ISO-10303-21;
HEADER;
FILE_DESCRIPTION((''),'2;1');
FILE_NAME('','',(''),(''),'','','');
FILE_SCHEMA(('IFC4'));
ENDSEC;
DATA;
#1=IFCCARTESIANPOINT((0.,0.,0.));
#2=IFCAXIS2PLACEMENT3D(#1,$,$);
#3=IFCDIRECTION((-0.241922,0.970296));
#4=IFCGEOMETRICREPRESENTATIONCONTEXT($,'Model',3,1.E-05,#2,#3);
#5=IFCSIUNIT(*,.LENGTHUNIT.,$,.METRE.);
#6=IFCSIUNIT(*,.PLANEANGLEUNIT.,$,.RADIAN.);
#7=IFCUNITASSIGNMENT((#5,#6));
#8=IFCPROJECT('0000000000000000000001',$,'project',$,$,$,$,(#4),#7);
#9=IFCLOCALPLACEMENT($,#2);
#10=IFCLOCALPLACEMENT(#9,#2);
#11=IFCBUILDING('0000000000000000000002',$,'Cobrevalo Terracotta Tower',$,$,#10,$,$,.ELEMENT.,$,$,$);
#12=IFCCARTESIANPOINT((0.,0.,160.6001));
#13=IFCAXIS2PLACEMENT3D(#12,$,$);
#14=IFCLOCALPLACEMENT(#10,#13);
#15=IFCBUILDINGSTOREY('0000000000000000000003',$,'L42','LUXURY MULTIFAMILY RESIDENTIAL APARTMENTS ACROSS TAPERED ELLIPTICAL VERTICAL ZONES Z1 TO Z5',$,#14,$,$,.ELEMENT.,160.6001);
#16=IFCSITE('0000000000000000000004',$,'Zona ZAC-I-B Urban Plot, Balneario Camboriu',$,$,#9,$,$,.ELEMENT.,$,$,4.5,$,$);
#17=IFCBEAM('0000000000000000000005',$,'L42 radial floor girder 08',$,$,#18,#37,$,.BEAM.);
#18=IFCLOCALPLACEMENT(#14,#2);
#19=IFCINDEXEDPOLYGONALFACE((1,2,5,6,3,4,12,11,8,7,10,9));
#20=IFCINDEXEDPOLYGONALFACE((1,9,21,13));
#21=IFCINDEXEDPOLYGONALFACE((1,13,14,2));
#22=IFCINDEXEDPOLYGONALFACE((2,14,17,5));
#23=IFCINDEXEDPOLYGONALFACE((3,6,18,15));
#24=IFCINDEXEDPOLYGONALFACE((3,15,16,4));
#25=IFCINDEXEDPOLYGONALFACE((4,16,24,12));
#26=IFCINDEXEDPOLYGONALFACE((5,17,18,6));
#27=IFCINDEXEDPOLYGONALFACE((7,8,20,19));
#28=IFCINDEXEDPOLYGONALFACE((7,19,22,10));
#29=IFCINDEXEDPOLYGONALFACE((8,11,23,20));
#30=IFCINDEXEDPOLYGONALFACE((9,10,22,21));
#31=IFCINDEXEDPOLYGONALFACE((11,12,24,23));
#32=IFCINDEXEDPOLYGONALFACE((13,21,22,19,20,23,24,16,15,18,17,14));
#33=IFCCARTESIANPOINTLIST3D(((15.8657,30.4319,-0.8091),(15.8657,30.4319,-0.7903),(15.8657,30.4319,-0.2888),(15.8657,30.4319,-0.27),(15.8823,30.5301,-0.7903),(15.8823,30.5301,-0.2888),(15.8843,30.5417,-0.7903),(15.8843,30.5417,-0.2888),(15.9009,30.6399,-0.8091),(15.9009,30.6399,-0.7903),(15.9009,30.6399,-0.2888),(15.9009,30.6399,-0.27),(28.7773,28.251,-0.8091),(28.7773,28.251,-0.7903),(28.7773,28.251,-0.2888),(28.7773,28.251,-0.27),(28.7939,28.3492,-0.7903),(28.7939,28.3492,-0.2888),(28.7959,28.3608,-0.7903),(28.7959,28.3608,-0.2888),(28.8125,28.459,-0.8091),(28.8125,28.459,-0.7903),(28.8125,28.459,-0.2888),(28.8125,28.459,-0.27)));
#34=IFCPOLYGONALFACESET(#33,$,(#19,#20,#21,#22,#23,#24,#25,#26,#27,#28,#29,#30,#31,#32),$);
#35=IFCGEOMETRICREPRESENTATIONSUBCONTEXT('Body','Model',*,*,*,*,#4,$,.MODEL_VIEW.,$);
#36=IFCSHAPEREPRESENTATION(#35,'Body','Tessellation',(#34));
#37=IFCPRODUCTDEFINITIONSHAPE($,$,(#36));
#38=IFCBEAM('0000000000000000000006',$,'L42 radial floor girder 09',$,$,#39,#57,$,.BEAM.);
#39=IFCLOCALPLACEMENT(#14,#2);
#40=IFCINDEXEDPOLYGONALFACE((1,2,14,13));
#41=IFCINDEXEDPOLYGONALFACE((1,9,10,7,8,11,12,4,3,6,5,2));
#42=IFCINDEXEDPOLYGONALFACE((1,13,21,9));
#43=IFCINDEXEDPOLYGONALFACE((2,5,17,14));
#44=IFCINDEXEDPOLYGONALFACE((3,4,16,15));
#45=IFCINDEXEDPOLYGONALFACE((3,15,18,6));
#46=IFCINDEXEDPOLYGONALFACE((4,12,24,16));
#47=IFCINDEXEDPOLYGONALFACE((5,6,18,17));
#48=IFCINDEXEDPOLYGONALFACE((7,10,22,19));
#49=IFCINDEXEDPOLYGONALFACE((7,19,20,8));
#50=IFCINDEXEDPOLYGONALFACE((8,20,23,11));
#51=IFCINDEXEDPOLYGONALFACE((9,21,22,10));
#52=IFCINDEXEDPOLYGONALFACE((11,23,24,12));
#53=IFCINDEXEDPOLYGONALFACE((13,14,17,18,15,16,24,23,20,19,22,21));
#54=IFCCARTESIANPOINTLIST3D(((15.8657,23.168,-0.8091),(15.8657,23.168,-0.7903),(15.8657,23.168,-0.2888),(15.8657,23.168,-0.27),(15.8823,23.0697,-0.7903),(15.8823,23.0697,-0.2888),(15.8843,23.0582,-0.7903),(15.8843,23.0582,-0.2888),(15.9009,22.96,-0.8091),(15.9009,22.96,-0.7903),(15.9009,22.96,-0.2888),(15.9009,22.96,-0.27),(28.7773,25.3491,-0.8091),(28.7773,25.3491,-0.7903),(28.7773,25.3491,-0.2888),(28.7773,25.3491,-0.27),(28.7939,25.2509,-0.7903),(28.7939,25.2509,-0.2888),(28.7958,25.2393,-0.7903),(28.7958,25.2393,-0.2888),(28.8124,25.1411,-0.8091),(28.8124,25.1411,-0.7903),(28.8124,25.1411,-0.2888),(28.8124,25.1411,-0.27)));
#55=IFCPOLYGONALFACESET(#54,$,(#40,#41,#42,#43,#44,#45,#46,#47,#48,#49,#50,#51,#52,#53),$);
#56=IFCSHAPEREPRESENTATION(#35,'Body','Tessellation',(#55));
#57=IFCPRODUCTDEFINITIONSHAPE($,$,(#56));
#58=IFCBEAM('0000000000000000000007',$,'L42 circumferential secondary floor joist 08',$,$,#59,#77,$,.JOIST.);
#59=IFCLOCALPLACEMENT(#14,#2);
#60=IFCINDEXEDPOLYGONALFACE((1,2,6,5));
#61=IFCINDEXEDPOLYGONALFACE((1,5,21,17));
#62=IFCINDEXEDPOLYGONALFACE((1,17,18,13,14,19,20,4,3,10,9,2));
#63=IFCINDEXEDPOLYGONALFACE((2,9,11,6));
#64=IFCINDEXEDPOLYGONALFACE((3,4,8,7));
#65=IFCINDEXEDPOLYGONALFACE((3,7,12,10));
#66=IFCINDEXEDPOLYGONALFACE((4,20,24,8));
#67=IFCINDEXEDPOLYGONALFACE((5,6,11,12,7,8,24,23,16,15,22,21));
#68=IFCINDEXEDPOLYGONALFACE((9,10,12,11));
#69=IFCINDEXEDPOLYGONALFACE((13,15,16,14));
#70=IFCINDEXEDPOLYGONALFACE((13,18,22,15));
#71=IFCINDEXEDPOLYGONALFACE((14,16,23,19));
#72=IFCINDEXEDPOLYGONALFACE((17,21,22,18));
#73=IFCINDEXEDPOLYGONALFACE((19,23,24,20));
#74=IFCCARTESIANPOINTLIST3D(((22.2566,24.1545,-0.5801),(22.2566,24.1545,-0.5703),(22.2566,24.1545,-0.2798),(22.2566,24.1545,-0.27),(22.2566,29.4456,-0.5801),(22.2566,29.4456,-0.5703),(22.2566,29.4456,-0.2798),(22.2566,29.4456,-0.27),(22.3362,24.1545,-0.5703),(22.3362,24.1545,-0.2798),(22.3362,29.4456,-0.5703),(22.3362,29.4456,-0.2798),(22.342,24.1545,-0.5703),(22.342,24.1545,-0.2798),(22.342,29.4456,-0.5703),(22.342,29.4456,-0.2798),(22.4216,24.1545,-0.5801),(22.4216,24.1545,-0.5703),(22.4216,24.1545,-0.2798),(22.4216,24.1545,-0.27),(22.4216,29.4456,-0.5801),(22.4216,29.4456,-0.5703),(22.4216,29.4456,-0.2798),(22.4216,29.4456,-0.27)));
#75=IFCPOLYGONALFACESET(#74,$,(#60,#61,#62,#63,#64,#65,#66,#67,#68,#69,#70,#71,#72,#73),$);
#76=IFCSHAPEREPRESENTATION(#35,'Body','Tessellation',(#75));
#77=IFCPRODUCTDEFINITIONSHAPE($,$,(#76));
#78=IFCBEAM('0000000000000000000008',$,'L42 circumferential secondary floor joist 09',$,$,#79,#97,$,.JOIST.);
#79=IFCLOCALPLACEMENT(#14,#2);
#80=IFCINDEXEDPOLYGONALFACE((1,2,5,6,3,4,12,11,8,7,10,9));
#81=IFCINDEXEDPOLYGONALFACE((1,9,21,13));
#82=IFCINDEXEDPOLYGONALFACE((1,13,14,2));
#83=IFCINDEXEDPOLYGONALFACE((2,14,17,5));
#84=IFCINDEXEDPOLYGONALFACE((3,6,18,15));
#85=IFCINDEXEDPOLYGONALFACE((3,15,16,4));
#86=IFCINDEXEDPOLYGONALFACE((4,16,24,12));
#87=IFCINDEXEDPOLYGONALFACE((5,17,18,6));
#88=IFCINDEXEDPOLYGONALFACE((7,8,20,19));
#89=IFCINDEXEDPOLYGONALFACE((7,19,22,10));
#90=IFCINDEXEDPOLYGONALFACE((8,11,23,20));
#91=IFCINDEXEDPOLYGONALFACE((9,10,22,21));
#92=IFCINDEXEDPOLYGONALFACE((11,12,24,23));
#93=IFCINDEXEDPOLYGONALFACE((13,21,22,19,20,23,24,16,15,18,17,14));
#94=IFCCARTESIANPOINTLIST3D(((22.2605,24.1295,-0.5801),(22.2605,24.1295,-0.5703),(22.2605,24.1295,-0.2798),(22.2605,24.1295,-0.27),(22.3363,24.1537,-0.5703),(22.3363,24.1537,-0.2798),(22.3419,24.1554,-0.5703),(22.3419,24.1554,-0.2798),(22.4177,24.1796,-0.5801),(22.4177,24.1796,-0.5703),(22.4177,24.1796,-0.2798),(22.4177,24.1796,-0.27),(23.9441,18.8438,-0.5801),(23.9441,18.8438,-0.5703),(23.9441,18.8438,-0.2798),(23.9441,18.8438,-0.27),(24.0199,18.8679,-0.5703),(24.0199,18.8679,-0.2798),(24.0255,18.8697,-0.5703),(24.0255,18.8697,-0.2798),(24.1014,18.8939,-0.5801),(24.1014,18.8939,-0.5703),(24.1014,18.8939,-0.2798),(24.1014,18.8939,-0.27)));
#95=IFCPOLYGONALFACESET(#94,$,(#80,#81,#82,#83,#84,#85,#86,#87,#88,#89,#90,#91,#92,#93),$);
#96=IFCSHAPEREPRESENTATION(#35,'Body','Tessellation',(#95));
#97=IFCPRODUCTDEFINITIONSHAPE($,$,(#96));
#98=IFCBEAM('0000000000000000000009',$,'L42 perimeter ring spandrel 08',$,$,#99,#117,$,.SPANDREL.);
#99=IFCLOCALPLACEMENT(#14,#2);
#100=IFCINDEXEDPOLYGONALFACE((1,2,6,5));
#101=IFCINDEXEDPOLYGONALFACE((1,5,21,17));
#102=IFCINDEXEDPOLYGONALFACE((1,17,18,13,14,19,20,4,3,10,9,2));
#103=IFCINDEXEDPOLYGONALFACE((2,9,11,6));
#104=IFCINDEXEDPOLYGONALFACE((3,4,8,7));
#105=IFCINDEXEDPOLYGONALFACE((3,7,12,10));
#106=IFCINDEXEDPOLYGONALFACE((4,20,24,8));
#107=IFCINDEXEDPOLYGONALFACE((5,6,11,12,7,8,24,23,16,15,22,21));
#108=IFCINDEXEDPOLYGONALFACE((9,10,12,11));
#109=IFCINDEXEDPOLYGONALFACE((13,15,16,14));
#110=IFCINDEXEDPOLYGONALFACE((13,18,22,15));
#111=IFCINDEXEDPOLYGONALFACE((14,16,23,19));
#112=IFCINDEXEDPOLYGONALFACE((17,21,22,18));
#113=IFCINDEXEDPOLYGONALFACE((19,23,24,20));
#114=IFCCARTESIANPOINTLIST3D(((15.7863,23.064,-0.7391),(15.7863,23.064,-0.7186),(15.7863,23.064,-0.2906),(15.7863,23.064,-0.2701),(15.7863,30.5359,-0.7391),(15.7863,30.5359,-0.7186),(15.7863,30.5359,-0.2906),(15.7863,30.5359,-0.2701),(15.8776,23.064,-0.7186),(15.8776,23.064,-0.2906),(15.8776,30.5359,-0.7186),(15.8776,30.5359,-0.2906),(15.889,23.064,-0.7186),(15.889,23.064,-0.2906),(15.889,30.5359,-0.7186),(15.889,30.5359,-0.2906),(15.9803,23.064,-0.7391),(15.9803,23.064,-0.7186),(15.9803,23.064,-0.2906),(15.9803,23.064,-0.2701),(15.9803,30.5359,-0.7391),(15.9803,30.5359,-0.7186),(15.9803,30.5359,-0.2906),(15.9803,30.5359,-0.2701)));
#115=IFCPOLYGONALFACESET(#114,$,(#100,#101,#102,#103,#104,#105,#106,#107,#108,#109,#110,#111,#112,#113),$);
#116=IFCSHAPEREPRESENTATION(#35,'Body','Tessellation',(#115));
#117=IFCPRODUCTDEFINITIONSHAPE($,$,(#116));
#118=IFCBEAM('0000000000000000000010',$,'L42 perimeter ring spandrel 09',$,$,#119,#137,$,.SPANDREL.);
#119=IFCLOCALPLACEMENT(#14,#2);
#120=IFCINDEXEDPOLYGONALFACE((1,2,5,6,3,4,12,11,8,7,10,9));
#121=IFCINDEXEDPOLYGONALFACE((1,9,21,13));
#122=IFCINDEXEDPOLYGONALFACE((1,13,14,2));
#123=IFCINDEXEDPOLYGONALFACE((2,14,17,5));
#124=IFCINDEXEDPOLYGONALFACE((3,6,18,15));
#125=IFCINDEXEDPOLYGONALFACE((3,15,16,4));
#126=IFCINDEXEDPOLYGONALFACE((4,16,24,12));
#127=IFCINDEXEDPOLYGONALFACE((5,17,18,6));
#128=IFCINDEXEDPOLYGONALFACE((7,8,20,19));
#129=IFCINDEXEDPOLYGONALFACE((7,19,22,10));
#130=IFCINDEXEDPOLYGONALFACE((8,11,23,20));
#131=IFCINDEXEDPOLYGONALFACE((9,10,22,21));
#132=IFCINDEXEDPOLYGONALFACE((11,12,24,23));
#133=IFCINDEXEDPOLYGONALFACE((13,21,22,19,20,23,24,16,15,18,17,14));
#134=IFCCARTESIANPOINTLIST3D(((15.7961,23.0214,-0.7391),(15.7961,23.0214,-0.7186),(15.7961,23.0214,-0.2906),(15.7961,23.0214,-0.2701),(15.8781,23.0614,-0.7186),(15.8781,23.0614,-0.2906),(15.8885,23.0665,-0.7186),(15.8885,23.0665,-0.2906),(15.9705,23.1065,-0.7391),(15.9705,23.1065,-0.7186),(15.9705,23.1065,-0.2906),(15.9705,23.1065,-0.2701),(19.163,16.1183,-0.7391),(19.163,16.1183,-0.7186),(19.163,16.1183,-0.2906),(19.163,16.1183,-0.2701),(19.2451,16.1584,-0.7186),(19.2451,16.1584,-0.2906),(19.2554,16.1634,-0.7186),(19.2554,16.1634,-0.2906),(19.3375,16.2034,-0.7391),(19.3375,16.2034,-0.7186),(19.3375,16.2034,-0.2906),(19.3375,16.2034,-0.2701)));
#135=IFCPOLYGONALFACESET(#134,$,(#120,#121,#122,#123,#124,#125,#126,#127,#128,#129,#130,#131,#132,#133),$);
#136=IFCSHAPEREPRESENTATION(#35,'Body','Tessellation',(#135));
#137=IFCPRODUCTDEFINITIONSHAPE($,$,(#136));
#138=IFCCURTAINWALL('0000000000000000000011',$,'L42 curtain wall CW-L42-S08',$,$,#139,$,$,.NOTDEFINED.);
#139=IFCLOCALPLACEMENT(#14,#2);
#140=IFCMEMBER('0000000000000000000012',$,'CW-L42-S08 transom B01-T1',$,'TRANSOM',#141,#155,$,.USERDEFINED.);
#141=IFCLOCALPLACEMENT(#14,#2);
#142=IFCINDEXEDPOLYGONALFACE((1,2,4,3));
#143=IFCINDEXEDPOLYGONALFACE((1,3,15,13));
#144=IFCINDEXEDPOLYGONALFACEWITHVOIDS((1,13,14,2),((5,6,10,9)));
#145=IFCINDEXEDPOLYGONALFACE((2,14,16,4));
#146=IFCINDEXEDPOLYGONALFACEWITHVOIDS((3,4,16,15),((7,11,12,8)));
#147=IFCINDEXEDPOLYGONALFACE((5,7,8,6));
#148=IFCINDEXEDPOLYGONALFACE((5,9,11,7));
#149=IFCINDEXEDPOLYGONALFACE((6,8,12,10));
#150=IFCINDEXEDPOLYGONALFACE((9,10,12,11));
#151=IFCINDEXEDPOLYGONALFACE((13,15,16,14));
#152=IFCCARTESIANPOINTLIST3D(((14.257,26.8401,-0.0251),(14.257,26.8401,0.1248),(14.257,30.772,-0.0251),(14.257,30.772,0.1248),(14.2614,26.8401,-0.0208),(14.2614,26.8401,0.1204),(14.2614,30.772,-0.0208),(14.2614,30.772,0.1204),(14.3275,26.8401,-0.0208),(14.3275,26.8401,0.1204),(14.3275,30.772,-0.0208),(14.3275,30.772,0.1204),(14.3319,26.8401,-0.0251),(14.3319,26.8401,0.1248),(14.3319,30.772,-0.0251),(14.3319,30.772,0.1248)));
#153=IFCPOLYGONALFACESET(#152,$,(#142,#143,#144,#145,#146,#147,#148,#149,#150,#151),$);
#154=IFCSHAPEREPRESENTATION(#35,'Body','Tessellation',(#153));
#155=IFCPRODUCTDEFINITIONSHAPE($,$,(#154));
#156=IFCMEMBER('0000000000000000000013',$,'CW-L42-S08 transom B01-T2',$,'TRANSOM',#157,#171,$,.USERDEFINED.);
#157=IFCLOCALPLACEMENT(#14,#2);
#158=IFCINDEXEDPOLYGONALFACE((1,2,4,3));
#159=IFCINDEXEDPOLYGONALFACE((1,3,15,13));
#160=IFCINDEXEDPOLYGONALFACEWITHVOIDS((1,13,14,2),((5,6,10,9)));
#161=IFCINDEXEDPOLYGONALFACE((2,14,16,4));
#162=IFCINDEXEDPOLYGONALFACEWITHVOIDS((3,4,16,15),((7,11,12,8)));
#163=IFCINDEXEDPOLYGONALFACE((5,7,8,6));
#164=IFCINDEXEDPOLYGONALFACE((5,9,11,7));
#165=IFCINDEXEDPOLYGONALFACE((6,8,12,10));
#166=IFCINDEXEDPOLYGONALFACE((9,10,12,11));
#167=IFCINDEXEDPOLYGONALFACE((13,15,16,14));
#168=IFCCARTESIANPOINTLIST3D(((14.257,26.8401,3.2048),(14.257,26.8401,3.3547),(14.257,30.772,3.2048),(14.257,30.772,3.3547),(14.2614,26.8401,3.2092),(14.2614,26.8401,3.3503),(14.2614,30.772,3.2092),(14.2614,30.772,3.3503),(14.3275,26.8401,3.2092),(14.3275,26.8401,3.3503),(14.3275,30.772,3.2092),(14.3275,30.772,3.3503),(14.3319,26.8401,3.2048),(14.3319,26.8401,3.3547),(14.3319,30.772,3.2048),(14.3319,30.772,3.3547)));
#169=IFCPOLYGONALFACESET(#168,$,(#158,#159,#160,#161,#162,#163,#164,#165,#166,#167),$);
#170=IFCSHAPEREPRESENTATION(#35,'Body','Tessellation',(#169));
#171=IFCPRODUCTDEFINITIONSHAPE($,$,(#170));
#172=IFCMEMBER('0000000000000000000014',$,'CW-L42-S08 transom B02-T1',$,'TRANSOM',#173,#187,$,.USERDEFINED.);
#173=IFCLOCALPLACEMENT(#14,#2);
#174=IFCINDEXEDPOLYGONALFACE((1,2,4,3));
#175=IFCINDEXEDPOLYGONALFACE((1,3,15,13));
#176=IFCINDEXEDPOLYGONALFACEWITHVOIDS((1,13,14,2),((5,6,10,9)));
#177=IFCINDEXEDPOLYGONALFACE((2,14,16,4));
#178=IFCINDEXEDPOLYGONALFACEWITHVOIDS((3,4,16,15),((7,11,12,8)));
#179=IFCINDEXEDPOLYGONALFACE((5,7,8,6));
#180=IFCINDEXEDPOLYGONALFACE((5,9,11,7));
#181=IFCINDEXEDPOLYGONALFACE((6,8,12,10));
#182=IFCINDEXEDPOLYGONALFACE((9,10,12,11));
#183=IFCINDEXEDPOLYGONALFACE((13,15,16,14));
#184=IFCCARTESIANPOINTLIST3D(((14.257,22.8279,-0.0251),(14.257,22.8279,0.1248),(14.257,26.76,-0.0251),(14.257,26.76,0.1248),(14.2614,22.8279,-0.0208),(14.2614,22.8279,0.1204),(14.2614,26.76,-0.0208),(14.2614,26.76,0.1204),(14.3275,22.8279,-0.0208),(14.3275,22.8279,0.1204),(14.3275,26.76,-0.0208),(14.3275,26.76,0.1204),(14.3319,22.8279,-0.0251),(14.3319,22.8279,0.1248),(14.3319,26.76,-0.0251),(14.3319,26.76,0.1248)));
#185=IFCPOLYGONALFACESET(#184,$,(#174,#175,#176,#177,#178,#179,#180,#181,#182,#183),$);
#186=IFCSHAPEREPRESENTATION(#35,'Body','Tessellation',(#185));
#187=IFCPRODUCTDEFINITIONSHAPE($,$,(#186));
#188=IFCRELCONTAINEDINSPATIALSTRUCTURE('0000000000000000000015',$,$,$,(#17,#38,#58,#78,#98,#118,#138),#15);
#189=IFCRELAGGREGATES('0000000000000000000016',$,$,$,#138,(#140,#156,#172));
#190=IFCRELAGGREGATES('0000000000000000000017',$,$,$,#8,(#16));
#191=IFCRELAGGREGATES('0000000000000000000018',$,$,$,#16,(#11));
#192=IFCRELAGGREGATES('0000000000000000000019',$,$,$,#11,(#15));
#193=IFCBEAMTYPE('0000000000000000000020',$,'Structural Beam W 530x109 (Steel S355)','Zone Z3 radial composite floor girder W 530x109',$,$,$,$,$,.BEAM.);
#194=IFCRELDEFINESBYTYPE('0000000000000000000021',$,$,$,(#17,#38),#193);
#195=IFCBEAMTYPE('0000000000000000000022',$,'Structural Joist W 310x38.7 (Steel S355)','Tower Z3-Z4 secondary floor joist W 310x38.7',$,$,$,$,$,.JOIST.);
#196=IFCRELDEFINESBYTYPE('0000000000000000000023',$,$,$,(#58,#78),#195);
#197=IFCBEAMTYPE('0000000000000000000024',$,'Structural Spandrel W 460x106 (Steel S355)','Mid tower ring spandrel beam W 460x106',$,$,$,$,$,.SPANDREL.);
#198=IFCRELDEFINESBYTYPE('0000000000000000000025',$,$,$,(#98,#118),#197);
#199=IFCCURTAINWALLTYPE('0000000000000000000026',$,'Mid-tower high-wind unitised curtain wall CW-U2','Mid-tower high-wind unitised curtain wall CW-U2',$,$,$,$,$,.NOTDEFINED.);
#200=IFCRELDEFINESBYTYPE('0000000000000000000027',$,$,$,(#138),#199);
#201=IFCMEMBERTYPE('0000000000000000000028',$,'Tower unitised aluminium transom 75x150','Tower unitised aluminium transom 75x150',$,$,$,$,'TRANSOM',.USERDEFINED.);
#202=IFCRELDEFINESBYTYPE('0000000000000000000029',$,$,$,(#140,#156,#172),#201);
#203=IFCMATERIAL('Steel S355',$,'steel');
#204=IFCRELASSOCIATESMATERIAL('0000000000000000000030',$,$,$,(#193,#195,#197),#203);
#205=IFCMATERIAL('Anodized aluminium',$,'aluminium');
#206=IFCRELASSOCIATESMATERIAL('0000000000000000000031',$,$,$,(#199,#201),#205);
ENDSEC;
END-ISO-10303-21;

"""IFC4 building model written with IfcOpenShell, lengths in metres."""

from ifc_helpers import new_model, si_unit, direction, frame, origin, origin_2d, place, context, subcontext, project, spatial, hollow_rectangle, i_section, extrude, source, transform, mapped, material, material_profile, profile_set, type_object, element, aggregate, save


model = new_model("IFC4")

# Units and contexts
model_context = context("Model", 3, precision=1e-05, world=origin(), true_north=direction((-0.241922, 0.970296)))
body_context = subcontext(model_context, "Body", "Model", "MODEL_VIEW")
ifc_project = project(units=[si_unit("LENGTHUNIT", "METRE"), si_unit("PLANEANGLEUNIT", "RADIAN")], contexts=[model_context])

# Site, building, storey
site_placement = place(None, origin())
site = spatial("IfcSite", under=ifc_project, at=site_placement, Name="Zona ZAC-I-B Urban Plot, Balneario Camboriu", CompositionType="ELEMENT", RefElevation=4.5)
building_placement = place(site_placement, origin())
building = spatial("IfcBuilding", under=site, at=building_placement, Name="Cobrevalo Terracotta Tower", CompositionType="ELEMENT")
storey_placement = place(building_placement, frame((0.0, 0.0, 160.6001)))
storey = spatial("IfcBuildingStorey", under=building, at=storey_placement, Name="L42", Description="LUXURY MULTIFAMILY RESIDENTIAL APARTMENTS ACROSS TAPERED ELLIPTICAL VERTICAL ZONES Z1 TO Z5", CompositionType="ELEMENT", Elevation=160.6001)

# Shared definitions
ifc_material_1 = material(Name="Steel S355", Category="steel")

# Beams
ifc_material_profile_1 = material_profile(ifc_material_1, i_section(OverallWidth=0.2109, OverallDepth=0.5391, WebThickness=0.0117, FlangeThickness=0.0188, at=origin_2d()), Name="W 530x109")
ifc_profile_set_1 = profile_set([ifc_material_profile_1], Name="Steel S355")
beam_type_1 = type_object("IfcBeamType", Name="Structural Beam W 530x109 (Steel S355)", Description="Zone Z3 radial composite floor girder W 530x109", PredefinedType="BEAM", material=ifc_profile_set_1)
for number, where, z_axis, x_axis, name in (
    (1, (15.8833, 30.5359, -0.5396), (0.986033, -0.166551, 0.0), (0.166551, 0.986033, 0.0), "L42 radial floor girder 08"),
    (2, (15.8833, 23.064, -0.5396), (0.98603, 0.166569, 0.0), (-0.166569, 0.98603, 0.0), "L42 radial floor girder 09"),
):
    element("IfcBeam", number, at=place(storey_placement, frame(where, z_axis=z_axis, x_axis=x_axis)), inside=storey, type_object=beam_type_1, Name=name, PredefinedType="BEAM", context=body_context, shape_type="SweptSolid", body=[
        extrude(i_section(OverallWidth=0.2109, OverallDepth=0.5391, WebThickness=0.0117, FlangeThickness=0.0188, at=origin_2d()), origin(), (0.0, 0.0, 1.0), 13.0945),
    ])
ifc_material_profile_2 = material_profile(ifc_material_1, i_section(OverallWidth=0.165, OverallDepth=0.3101, WebThickness=0.0059, FlangeThickness=0.0098, at=origin_2d()), Name="W 310x38.7")
ifc_profile_set_2 = profile_set([ifc_material_profile_2], Name="Steel S355")
beam_type_2 = type_object("IfcBeamType", Name="Structural Joist W 310x38.7 (Steel S355)", Description="Tower Z3-Z4 secondary floor joist W 310x38.7", PredefinedType="JOIST", material=ifc_profile_set_2)
beam_1_placement = place(storey_placement, frame((22.3391, 29.4456, -0.425), z_axis=(0.0, -1.0, 0.0), x_axis=(1.0, 0.0, 0.0)))
element("IfcBeam", 3, at=beam_1_placement, inside=storey, type_object=beam_type_2, Name="L42 circumferential secondary floor joist 08", PredefinedType="JOIST", context=body_context, shape_type="SweptSolid", body=[
    extrude(i_section(OverallWidth=0.165, OverallDepth=0.3101, WebThickness=0.0059, FlangeThickness=0.0098, at=origin_2d()), origin(), (0.0, 0.0, 1.0), 5.291),
])
beam_2_placement = place(storey_placement, frame((22.3391, 24.1545, -0.425), z_axis=(0.303498, -0.952832, 0.0), x_axis=(0.952832, 0.303498, 0.0)))
element("IfcBeam", 4, at=beam_2_placement, inside=storey, type_object=beam_type_2, Name="L42 circumferential secondary floor joist 09", PredefinedType="JOIST", context=body_context, shape_type="SweptSolid", body=[
    extrude(i_section(OverallWidth=0.165, OverallDepth=0.3101, WebThickness=0.0059, FlangeThickness=0.0098, at=origin_2d()), origin(), (0.0, 0.0, 1.0), 5.5474),
])
ifc_material_profile_3 = material_profile(ifc_material_1, i_section(OverallWidth=0.1941, OverallDepth=0.469, WebThickness=0.0115, FlangeThickness=0.0205, at=origin_2d()), Name="W 460x106")
ifc_profile_set_3 = profile_set([ifc_material_profile_3], Name="Steel S355")
beam_type_3 = type_object("IfcBeamType", Name="Structural Spandrel W 460x106 (Steel S355)", Description="Mid tower ring spandrel beam W 460x106", PredefinedType="SPANDREL", material=ifc_profile_set_3)
beam_3_placement = place(storey_placement, frame((15.8833, 30.5359, -0.5046), z_axis=(0.0, -1.0, 0.0), x_axis=(1.0, 0.0, 0.0)))
element("IfcBeam", 5, at=beam_3_placement, inside=storey, type_object=beam_type_3, Name="L42 perimeter ring spandrel 08", PredefinedType="SPANDREL", context=body_context, shape_type="SweptSolid", body=[
    extrude(i_section(OverallWidth=0.1941, OverallDepth=0.469, WebThickness=0.0115, FlangeThickness=0.0205, at=origin_2d()), origin(), (0.0, 0.0, 1.0), 7.4719),
])
beam_4_placement = place(storey_placement, frame((15.8833, 23.064, -0.5046), z_axis=(0.43838, -0.89879, 0.0), x_axis=(0.89879, 0.43838, 0.0)))
element("IfcBeam", 6, at=beam_4_placement, inside=storey, type_object=beam_type_3, Name="L42 perimeter ring spandrel 09", PredefinedType="SPANDREL", context=body_context, shape_type="SweptSolid", body=[
    extrude(i_section(OverallWidth=0.1941, OverallDepth=0.469, WebThickness=0.0115, FlangeThickness=0.0205, at=origin_2d()), origin(), (0.0, 0.0, 1.0), 7.6804),
])

# Curtain wall, members
ifc_material_2 = material(Name="Anodized aluminium", Category="aluminium")
curtain_wall_type = type_object("IfcCurtainWallType", Name="Mid-tower high-wind unitised curtain wall CW-U2", Description="Mid-tower high-wind unitised curtain wall CW-U2", PredefinedType="NOTDEFINED", material=ifc_material_2)
curtain_wall_1_placement = place(storey_placement, origin())
curtain_wall_1 = element("IfcCurtainWall", 7, at=curtain_wall_1_placement, inside=storey, type_object=curtain_wall_type, Name="L42 curtain wall CW-L42-S08", PredefinedType="NOTDEFINED")
ifc_material_profile_4 = material_profile(ifc_material_2, hollow_rectangle(XDim=0.075, YDim=0.1499, WallThickness=0.0044, at=origin_2d()), Name="CWT 75x150")
ifc_profile_set_4 = profile_set([ifc_material_profile_4], Name="Anodized aluminium")
member_type_1 = type_object("IfcMemberType", Name="Tower unitised aluminium transom 75x150", Description="Tower unitised aluminium transom 75x150", ElementType="TRANSOM", PredefinedType="USERDEFINED", material=ifc_profile_set_4)
shared_shape_1 = source(origin(), body_context, "Body", "SweptSolid", [
    extrude(hollow_rectangle(XDim=0.075, YDim=0.1499, WallThickness=0.0044, at=origin_2d()), origin(), (0.0, 0.0, 1.0), 3.9319),
])
member_1_placement = place(storey_placement, frame((14.2944, 30.772, 0.0498), z_axis=(0.0, -1.0, 0.0), x_axis=(1.0, 0.0, 0.0)))
member_1 = element("IfcMember", 8, at=member_1_placement, type_object=member_type_1, Name="CW-L42-S08 transom B01-T1", ObjectType="TRANSOM", PredefinedType="USERDEFINED", context=body_context, shape_type="MappedRepresentation", body=[
    mapped(shared_shape_1, transform((0.0, 0.0, 0.0), scale=1.0)),
])
member_2_placement = place(storey_placement, frame((14.2944, 30.772, 3.2798), z_axis=(0.0, -1.0, 0.0), x_axis=(1.0, 0.0, 0.0)))
member_2 = element("IfcMember", 9, at=member_2_placement, type_object=member_type_1, Name="CW-L42-S08 transom B01-T2", ObjectType="TRANSOM", PredefinedType="USERDEFINED", context=body_context, shape_type="MappedRepresentation", body=[
    mapped(shared_shape_1, transform((0.0, 0.0, 0.0), scale=1.0)),
])
shared_shape_2 = source(origin(), body_context, "Body", "SweptSolid", [
    extrude(hollow_rectangle(XDim=0.075, YDim=0.1499, WallThickness=0.0044, at=origin_2d()), origin(), (0.0, 0.0, 1.0), 3.9321),
])
member_3_placement = place(storey_placement, frame((14.2944, 26.76, 0.0498), z_axis=(0.0, -1.0, 0.0), x_axis=(1.0, 0.0, 0.0)))
member_3 = element("IfcMember", 10, at=member_3_placement, type_object=member_type_1, Name="CW-L42-S08 transom B02-T1", ObjectType="TRANSOM", PredefinedType="USERDEFINED", context=body_context, shape_type="MappedRepresentation", body=[
    mapped(shared_shape_2, transform((0.0, 0.0, 0.0), scale=1.0)),
])

aggregate(curtain_wall_1, [member_1, member_2, member_3])

save(model, "model.ifc")
